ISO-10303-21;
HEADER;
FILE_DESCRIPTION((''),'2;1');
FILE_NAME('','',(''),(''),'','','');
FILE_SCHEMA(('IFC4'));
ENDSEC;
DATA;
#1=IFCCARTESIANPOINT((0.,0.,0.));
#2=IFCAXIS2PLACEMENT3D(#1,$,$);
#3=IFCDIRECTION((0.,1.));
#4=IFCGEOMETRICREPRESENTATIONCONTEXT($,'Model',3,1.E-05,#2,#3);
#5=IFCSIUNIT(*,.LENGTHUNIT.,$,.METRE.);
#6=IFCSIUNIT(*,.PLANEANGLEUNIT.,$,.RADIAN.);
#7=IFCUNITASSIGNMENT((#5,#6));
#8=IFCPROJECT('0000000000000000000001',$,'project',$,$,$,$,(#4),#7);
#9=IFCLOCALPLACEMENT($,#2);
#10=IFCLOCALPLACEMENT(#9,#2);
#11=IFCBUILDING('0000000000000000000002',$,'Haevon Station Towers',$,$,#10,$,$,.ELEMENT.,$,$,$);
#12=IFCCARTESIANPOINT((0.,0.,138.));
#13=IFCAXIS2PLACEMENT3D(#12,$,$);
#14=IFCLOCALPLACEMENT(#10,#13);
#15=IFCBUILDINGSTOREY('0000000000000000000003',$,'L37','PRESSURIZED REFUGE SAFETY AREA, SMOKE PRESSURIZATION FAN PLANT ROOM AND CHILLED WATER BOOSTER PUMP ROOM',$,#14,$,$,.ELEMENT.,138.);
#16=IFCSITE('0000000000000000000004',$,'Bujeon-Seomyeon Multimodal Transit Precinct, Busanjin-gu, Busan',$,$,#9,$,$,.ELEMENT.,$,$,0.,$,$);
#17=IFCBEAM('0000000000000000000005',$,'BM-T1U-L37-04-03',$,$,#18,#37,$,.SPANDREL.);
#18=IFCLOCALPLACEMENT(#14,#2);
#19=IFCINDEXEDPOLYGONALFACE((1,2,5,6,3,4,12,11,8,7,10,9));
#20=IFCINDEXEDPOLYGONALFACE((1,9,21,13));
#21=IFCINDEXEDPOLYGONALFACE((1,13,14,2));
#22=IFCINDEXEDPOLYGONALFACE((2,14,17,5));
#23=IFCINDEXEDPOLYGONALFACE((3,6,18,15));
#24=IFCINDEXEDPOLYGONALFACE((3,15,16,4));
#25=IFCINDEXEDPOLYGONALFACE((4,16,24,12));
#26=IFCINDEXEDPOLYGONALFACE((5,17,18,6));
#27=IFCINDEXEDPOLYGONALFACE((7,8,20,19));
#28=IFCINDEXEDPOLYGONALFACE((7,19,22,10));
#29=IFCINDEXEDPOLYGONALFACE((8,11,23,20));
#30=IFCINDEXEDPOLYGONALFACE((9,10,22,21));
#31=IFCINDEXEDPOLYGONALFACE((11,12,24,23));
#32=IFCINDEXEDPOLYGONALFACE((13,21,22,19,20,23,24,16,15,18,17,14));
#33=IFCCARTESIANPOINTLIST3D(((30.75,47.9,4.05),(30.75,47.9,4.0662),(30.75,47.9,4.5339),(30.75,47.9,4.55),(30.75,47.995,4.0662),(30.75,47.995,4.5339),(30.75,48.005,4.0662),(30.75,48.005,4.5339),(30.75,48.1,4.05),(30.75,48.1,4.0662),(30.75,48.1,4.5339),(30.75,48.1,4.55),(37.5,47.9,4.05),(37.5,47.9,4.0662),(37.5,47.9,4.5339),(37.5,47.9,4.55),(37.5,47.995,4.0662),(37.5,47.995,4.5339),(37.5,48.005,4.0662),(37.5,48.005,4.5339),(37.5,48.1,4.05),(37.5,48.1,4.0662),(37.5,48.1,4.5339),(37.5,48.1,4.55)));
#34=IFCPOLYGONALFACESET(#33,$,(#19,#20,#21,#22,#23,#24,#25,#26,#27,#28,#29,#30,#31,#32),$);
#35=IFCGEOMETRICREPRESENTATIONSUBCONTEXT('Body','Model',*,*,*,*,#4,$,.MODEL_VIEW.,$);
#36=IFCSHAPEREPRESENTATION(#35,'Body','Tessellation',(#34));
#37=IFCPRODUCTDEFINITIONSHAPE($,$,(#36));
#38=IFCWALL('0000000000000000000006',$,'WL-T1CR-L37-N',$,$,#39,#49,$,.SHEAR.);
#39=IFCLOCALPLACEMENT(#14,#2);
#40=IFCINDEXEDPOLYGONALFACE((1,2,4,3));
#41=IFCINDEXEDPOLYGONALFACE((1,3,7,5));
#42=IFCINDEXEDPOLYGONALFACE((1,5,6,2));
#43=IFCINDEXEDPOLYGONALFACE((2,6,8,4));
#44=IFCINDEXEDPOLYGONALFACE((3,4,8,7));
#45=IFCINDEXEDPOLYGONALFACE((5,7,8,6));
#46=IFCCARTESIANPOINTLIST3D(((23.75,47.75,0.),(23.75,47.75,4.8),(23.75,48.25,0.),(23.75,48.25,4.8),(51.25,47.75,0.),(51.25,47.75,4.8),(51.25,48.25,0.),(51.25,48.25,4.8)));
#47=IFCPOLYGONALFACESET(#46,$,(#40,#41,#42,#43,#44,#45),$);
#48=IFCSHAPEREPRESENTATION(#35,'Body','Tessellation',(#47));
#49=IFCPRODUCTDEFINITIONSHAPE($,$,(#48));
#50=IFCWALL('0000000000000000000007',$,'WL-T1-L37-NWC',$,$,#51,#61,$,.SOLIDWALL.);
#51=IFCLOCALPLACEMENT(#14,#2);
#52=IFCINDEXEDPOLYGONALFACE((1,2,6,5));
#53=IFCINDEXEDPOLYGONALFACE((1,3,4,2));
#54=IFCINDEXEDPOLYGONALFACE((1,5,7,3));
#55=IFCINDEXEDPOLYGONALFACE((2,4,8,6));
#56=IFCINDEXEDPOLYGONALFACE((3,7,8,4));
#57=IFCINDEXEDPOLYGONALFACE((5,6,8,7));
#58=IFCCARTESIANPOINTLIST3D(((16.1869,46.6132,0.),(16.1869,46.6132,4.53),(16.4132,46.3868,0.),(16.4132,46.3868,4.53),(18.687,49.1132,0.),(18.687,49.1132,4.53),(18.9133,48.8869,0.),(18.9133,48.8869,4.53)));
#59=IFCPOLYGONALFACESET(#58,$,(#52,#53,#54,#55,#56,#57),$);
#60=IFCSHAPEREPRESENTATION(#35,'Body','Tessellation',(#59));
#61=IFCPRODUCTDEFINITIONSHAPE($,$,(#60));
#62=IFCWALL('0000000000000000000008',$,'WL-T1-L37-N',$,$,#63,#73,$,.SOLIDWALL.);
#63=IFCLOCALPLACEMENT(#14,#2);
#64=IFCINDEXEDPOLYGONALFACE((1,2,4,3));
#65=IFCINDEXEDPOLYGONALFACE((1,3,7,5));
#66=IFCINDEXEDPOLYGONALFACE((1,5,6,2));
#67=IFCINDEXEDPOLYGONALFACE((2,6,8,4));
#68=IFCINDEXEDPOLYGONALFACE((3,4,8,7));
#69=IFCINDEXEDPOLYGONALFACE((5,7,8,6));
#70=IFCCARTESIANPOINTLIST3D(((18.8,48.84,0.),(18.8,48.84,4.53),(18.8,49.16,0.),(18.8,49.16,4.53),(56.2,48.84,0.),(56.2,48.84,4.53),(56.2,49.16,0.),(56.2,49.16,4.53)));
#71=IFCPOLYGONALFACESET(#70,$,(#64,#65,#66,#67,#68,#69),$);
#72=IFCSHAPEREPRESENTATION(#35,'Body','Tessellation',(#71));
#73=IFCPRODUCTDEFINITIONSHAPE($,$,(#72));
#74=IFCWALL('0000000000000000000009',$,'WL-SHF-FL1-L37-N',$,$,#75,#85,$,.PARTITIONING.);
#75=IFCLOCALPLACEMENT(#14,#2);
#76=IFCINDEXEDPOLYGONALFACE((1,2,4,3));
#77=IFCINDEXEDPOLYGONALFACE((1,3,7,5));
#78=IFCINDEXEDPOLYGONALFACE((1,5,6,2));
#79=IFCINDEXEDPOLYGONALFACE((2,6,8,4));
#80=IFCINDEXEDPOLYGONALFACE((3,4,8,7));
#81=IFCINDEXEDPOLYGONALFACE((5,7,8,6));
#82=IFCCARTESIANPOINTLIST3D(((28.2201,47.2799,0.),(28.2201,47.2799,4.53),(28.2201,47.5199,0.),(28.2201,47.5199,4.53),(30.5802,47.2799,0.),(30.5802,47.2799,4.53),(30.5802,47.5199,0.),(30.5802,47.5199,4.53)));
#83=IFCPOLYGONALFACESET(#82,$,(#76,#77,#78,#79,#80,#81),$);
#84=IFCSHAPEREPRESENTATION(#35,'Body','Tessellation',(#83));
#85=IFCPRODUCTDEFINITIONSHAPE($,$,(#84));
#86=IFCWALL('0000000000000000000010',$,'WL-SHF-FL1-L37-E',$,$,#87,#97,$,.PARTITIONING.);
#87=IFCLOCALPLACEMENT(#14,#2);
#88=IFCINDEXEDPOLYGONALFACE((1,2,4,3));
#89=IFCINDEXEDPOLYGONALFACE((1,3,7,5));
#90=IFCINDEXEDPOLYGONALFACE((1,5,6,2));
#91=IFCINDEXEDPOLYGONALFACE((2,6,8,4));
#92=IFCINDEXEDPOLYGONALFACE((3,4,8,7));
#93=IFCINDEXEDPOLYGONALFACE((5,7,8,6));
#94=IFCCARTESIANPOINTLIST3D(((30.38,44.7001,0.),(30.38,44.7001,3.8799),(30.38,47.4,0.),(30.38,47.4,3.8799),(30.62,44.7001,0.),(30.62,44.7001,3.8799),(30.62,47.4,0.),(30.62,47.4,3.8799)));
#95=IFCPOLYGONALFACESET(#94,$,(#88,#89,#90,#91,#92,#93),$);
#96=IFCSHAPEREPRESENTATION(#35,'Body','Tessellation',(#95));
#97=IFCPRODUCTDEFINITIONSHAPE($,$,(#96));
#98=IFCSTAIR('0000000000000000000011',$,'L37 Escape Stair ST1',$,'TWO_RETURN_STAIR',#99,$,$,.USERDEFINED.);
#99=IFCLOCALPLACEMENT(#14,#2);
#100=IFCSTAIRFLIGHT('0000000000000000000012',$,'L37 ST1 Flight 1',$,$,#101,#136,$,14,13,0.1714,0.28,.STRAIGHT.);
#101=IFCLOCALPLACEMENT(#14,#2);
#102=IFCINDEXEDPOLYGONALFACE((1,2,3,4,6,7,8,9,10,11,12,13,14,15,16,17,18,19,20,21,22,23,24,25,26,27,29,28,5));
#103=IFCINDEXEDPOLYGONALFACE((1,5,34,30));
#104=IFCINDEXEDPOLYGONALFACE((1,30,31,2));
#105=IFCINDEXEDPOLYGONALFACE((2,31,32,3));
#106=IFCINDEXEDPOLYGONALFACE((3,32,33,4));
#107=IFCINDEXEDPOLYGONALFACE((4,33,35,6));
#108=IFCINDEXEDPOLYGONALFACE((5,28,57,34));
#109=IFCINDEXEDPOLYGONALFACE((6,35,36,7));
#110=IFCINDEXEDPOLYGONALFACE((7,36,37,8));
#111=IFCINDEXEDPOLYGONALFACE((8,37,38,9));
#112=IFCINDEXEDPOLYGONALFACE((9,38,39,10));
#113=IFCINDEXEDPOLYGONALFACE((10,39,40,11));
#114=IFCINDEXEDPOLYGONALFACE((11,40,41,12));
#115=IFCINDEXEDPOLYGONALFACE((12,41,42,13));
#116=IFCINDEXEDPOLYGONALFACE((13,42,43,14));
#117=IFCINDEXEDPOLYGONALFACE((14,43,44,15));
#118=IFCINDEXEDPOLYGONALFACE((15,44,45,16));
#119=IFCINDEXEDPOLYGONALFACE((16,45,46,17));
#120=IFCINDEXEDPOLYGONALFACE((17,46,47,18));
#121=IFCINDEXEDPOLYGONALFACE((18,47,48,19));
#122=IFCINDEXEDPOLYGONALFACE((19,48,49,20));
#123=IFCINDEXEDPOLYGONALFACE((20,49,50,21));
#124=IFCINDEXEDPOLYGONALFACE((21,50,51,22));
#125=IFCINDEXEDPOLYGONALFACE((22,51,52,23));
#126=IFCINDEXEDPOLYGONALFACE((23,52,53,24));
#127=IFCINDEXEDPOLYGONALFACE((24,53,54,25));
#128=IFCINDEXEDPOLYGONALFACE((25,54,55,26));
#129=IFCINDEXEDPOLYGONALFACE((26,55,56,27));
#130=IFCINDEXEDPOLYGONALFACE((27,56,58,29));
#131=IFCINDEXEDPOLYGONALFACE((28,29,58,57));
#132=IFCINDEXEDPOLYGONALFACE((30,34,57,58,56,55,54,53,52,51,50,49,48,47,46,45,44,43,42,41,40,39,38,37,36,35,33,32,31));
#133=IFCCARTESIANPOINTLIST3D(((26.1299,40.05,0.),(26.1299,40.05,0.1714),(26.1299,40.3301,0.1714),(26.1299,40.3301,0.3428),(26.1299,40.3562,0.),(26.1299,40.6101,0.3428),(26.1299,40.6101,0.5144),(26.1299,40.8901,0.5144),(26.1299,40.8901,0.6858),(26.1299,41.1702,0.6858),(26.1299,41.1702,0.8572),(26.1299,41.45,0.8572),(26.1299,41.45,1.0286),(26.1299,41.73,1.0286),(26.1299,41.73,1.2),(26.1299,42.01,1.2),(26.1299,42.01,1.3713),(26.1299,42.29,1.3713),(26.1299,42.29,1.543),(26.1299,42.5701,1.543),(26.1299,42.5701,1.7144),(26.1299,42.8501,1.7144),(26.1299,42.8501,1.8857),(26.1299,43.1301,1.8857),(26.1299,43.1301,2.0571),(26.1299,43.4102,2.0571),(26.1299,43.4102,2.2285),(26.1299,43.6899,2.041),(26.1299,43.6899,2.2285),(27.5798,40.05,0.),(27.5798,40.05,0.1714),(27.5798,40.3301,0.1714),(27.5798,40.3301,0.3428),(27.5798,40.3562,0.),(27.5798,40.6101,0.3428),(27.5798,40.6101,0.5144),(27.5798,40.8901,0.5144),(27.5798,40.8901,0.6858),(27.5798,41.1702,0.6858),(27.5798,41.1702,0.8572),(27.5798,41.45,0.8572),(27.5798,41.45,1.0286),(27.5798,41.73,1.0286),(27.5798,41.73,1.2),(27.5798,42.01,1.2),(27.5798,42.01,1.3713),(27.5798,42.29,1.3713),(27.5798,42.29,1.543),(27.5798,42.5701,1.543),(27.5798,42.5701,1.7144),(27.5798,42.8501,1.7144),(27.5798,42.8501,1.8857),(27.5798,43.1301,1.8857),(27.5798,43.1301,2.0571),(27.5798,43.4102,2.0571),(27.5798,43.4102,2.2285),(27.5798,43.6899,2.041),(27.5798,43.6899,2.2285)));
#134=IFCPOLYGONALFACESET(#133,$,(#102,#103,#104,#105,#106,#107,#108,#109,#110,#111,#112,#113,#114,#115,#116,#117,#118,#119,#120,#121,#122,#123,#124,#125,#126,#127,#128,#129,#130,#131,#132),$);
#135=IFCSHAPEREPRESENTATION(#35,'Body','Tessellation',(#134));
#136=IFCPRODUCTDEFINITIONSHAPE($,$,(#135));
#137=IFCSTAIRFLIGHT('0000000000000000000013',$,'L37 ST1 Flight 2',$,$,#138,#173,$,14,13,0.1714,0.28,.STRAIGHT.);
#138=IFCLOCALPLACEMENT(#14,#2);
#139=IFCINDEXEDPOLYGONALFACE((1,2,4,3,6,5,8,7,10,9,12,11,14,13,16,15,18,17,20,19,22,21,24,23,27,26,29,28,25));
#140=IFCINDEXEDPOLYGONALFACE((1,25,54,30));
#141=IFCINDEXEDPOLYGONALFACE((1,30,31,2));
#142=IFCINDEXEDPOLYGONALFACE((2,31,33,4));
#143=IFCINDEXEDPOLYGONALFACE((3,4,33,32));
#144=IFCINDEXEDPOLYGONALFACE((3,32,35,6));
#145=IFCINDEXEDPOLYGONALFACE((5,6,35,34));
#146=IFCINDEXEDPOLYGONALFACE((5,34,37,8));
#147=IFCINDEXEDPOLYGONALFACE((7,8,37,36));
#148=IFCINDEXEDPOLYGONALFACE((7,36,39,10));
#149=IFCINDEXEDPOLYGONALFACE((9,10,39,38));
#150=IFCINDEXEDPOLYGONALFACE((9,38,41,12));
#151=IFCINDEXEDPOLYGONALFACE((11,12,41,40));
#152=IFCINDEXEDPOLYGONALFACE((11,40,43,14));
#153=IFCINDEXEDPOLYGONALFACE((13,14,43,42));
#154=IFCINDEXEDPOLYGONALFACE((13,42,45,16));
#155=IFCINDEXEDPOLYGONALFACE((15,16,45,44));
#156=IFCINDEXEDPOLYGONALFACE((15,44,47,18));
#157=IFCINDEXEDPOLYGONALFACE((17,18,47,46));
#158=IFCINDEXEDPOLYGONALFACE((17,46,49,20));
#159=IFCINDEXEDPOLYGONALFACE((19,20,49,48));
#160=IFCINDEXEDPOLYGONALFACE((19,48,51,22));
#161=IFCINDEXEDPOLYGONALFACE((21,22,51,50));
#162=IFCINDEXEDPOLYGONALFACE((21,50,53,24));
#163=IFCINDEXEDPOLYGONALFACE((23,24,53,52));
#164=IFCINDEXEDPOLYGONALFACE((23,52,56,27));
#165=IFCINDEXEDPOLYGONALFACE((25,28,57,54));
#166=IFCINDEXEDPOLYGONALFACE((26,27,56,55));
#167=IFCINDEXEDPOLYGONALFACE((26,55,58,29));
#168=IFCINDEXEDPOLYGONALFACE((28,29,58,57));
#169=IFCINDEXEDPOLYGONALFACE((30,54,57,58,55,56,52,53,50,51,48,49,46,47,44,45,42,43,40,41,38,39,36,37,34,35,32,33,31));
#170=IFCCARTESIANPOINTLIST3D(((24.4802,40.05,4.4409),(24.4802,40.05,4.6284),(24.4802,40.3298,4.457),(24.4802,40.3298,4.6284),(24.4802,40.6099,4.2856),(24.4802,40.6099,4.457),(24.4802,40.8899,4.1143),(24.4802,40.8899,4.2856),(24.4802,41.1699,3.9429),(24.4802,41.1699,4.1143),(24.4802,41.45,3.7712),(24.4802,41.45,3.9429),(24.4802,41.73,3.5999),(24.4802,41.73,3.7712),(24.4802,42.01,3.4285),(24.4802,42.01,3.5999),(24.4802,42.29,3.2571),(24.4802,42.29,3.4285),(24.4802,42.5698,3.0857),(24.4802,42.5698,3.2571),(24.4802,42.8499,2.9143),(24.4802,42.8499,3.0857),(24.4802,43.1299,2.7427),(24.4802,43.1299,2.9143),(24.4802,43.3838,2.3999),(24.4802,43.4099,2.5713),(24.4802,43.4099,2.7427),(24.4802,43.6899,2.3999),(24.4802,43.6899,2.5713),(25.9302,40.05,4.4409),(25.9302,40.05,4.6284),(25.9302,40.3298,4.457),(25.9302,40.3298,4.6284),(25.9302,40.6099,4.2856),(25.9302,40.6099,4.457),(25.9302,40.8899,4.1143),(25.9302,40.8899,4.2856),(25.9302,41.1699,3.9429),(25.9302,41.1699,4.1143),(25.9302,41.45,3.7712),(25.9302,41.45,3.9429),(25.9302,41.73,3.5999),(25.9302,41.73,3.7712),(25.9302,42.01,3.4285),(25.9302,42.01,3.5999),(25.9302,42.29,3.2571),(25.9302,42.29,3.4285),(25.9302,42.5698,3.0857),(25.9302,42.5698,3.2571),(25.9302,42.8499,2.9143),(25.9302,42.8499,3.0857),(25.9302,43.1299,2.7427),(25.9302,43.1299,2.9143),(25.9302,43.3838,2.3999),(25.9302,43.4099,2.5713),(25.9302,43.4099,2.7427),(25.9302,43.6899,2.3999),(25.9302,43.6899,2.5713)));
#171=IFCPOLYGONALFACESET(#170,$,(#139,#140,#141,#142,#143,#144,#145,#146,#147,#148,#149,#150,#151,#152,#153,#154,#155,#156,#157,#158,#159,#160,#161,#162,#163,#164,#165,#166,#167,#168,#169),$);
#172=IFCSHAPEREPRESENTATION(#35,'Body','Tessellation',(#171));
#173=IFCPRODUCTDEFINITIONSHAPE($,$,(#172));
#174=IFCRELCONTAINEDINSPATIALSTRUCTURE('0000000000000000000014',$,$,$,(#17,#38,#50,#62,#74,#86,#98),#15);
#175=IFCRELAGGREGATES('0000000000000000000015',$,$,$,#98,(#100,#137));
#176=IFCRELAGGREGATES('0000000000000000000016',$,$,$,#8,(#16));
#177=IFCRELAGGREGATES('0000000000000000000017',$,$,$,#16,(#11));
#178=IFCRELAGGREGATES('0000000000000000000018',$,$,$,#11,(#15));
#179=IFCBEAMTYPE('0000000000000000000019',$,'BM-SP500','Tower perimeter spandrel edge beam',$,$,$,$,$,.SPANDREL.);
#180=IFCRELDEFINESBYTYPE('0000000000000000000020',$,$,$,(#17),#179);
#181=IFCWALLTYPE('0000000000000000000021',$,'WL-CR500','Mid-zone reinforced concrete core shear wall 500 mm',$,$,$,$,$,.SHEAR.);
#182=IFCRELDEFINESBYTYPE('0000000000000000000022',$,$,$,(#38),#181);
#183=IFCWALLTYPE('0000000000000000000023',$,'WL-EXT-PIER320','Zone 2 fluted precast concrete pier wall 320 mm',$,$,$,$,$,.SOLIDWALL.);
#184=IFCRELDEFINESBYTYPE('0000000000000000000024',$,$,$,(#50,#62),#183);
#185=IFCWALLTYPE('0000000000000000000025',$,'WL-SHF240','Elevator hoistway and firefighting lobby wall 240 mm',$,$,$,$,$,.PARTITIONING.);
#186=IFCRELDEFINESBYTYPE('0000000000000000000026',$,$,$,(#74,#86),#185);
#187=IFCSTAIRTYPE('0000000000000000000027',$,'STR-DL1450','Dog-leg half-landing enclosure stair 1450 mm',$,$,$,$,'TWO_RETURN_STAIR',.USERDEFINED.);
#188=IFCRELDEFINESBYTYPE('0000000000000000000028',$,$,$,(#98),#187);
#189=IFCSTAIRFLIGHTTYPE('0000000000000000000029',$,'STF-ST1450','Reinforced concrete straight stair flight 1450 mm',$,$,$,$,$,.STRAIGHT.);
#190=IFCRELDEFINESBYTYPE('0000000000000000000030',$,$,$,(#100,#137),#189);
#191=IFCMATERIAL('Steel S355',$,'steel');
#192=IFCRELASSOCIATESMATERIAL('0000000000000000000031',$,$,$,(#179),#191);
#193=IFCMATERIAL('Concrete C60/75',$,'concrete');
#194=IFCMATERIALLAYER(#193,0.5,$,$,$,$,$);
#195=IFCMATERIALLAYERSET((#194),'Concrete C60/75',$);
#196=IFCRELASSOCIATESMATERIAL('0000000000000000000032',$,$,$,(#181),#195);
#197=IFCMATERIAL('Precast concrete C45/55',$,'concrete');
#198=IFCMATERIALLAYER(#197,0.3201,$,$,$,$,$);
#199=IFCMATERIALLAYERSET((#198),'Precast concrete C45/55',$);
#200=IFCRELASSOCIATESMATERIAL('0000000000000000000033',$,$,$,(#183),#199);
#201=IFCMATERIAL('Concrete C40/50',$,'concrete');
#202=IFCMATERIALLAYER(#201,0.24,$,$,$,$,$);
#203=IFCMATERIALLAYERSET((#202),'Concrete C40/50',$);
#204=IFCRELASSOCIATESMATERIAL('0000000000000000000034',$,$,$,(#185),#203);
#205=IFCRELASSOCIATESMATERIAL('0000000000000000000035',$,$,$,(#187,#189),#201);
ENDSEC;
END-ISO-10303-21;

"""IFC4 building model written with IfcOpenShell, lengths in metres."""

from ifc_helpers import new_model, si_unit, direction, frame, frame_2d, origin, origin_2d, place, context, subcontext, project, spatial, polyline, rectangle, i_section, outline, extrude, material, layer, layer_set, material_profile, profile_set, type_object, element, aggregate, save


model = new_model("IFC4")

# Units and contexts
model_context = context("Model", 3, precision=1e-05, world=origin(), true_north=direction((0.0, 1.0)))
body_context = subcontext(model_context, "Body", "Model", "MODEL_VIEW")
ifc_project = project(units=[si_unit("LENGTHUNIT", "METRE"), si_unit("PLANEANGLEUNIT", "RADIAN")], contexts=[model_context])

# Site, building, storey
site_placement = place(None, origin())
site = spatial("IfcSite", under=ifc_project, at=site_placement, Name="Bujeon-Seomyeon Multimodal Transit Precinct, Busanjin-gu, Busan", CompositionType="ELEMENT", RefElevation=0.0)
building_placement = place(site_placement, origin())
building = spatial("IfcBuilding", under=site, at=building_placement, Name="Haevon Station Towers", CompositionType="ELEMENT")
storey_placement = place(building_placement, frame((0.0, 0.0, 138.0)))
storey = spatial("IfcBuildingStorey", under=building, at=storey_placement, Name="L37", Description="PRESSURIZED REFUGE SAFETY AREA, SMOKE PRESSURIZATION FAN PLANT ROOM AND CHILLED WATER BOOSTER PUMP ROOM", CompositionType="ELEMENT", Elevation=138.0)

# Beam
ifc_material_1 = material(Name="Steel S355", Category="steel")
ifc_material_profile_1 = material_profile(ifc_material_1, i_section(OverallWidth=0.2, OverallDepth=0.5, WebThickness=0.01, FlangeThickness=0.0161, at=origin_2d()), Name="H-500x200x10x16")
ifc_profile_set_1 = profile_set([ifc_material_profile_1], Name="Steel S355")
beam_type_1 = type_object("IfcBeamType", Name="BM-SP500", Description="Tower perimeter spandrel edge beam", PredefinedType="SPANDREL", material=ifc_profile_set_1)
for number, where, z_axis, x_axis, name in (
    (1, (30.75, 48.0, 4.3), (1.0, 0.0, 0.0), (0.0, 1.0, 0.0), "BM-T1U-L37-04-03"),
):
    element("IfcBeam", number, at=place(storey_placement, frame(where, z_axis=z_axis, x_axis=x_axis)), inside=storey, type_object=beam_type_1, Name=name, PredefinedType="SPANDREL", context=body_context, shape_type="SweptSolid", body=[
        extrude(i_section(OverallWidth=0.2, OverallDepth=0.5, WebThickness=0.01, FlangeThickness=0.0161, at=origin_2d()), origin(), (0.0, 0.0, 1.0), 6.75),
    ])

# Walls
ifc_material_2 = material(Name="Concrete C60/75", Category="concrete")
ifc_layer_1 = layer(ifc_material_2, 0.5)
ifc_layer_set_1 = layer_set([ifc_layer_1], Name="Concrete C60/75")
wall_type_1 = type_object("IfcWallType", Name="WL-CR500", Description="Mid-zone reinforced concrete core shear wall 500 mm", PredefinedType="SHEAR", material=ifc_layer_set_1)
wall_1_placement = place(storey_placement, frame((23.75, 48.0, 0.0), z_axis=(0.0, 0.0, 1.0), x_axis=(1.0, 0.0, 0.0)))
element("IfcWall", 2, at=wall_1_placement, inside=storey, type_object=wall_type_1, Name="WL-T1CR-L37-N", PredefinedType="SHEAR", context=body_context, shape_type="SweptSolid", body=[
    extrude(rectangle(XDim=27.5, YDim=0.5, at=frame_2d((13.75, 0.0))), origin(), (0.0, 0.0, 1.0), 4.8),
])
ifc_material_3 = material(Name="Precast concrete C45/55", Category="concrete")
ifc_layer_2 = layer(ifc_material_3, 0.3201)
ifc_layer_set_2 = layer_set([ifc_layer_2], Name="Precast concrete C45/55")
wall_type_2 = type_object("IfcWallType", Name="WL-EXT-PIER320", Description="Zone 2 fluted precast concrete pier wall 320 mm", PredefinedType="SOLIDWALL", material=ifc_layer_set_2)
wall_2_placement = place(storey_placement, frame((16.3, 46.5, 0.0), z_axis=(0.0, 0.0, 1.0), x_axis=(0.707107, 0.707107, 0.0)))
element("IfcWall", 3, at=wall_2_placement, inside=storey, type_object=wall_type_2, Name="WL-T1-L37-NWC", PredefinedType="SOLIDWALL", context=body_context, shape_type="SweptSolid", body=[
    extrude(rectangle(XDim=3.5356, YDim=0.3201, at=frame_2d((1.7678, 0.0))), origin(), (0.0, 0.0, 1.0), 4.53),
])
wall_3_placement = place(storey_placement, frame((18.8, 49.0, 0.0), z_axis=(0.0, 0.0, 1.0), x_axis=(1.0, 0.0, 0.0)))
element("IfcWall", 4, at=wall_3_placement, inside=storey, type_object=wall_type_2, Name="WL-T1-L37-N", PredefinedType="SOLIDWALL", context=body_context, shape_type="SweptSolid", body=[
    extrude(rectangle(XDim=37.3999, YDim=0.3201, at=frame_2d((18.7, 0.0))), origin(), (0.0, 0.0, 1.0), 4.53),
])

# Shared definitions
ifc_material_4 = material(Name="Concrete C40/50", Category="concrete")
ifc_layer_3 = layer(ifc_material_4, 0.24)
ifc_layer_set_3 = layer_set([ifc_layer_3], Name="Concrete C40/50")
wall_type_3 = type_object("IfcWallType", Name="WL-SHF240", Description="Elevator hoistway and firefighting lobby wall 240 mm", PredefinedType="PARTITIONING", material=ifc_layer_set_3)

# Walls
wall_4_placement = place(storey_placement, frame((28.22, 47.3999, 0.0), z_axis=(0.0, 0.0, 1.0), x_axis=(1.0, 0.0, 0.0)))
element("IfcWall", 5, at=wall_4_placement, inside=storey, type_object=wall_type_3, Name="WL-SHF-FL1-L37-N", PredefinedType="PARTITIONING", context=body_context, shape_type="SweptSolid", body=[
    extrude(rectangle(XDim=2.3601, YDim=0.24, at=frame_2d((1.1802, 0.0))), origin(), (0.0, 0.0, 1.0), 4.53),
])
wall_5_placement = place(storey_placement, frame((30.5, 44.7, 0.0), z_axis=(0.0, 0.0, 1.0), x_axis=(0.0, 1.0, 0.0)))
element("IfcWall", 6, at=wall_5_placement, inside=storey, type_object=wall_type_3, Name="WL-SHF-FL1-L37-E", PredefinedType="PARTITIONING", context=body_context, shape_type="SweptSolid", body=[
    extrude(rectangle(XDim=2.7, YDim=0.24, at=frame_2d((1.3501, 0.0))), origin(), (0.0, 0.0, 1.0), 3.8799),
])

# Stair, stair flights
stair_type = type_object("IfcStairType", Name="STR-DL1450", Description="Dog-leg half-landing enclosure stair 1450 mm", ElementType="TWO_RETURN_STAIR", PredefinedType="USERDEFINED", material=ifc_material_4)
stair_placement = place(storey_placement, origin())
stair = element("IfcStair", 7, at=stair_placement, inside=storey, type_object=stair_type, Name="L37 Escape Stair ST1", ObjectType="TWO_RETURN_STAIR", PredefinedType="USERDEFINED")
stair_flight_type = type_object("IfcStairFlightType", Name="STF-ST1450", Description="Reinforced concrete straight stair flight 1450 mm", PredefinedType="STRAIGHT", material=ifc_material_4)
stair_flight_1_placement = place(storey_placement, frame((26.855, 40.05, 0.0), z_axis=(0.0, 0.0, 1.0), x_axis=(0.0, 1.0, 0.0)))
stair_flight_1 = element("IfcStairFlight", 8, at=stair_flight_1_placement, type_object=stair_flight_type, Name="L37 ST1 Flight 1", NumberOfRisers=14, NumberOfTreads=13, PredefinedType="STRAIGHT", RiserHeight=0.1714, TreadLength=0.28, context=body_context, shape_type="SweptSolid", body=[
    extrude(outline(polyline([(0.0, 0.0), (0.0, 0.1714), (0.28, 0.1714), (0.28, 0.3428), (0.5601, 0.3428), (0.5601, 0.5144), (0.8401, 0.5144), (0.8401, 0.6858), (1.1201, 0.6858), (1.1201, 0.8572), (1.3999, 0.8572), (1.3999, 1.0286), (1.6799, 1.0286), (1.6799, 1.2), (1.96, 1.2), (1.96, 1.3713), (2.24, 1.3713), (2.24, 1.543), (2.52, 1.543), (2.52, 1.7144), (2.8, 1.7144), (2.8, 1.8857), (3.0801, 1.8857), (3.0801, 2.0571), (3.3601, 2.0571), (3.3601, 2.2285), (3.6399, 2.2285), (3.6399, 2.3999), (3.6399, 2.041), (0.3062, 0.0), (0.0, 0.0)])), frame((0.0, 0.7251, 0.0), z_axis=(0.0, -1.0, 0.0), x_axis=(1.0, 0.0, 0.0)), (0.0, 0.0, 1.0), 1.45),
])
stair_flight_2_placement = place(storey_placement, frame((25.2051, 43.6899, 2.3999), z_axis=(0.0, 0.0, 1.0), x_axis=(0.0, -1.0, 0.0)))
stair_flight_2 = element("IfcStairFlight", 9, at=stair_flight_2_placement, type_object=stair_flight_type, Name="L37 ST1 Flight 2", NumberOfRisers=14, NumberOfTreads=13, PredefinedType="STRAIGHT", RiserHeight=0.1714, TreadLength=0.28, context=body_context, shape_type="SweptSolid", body=[
    extrude(outline(polyline([(0.0, 0.0), (0.0, 0.1714), (0.28, 0.1714), (0.28, 0.3428), (0.5601, 0.3428), (0.5601, 0.5144), (0.8401, 0.5144), (0.8401, 0.6858), (1.1201, 0.6858), (1.1201, 0.8572), (1.3999, 0.8572), (1.3999, 1.0286), (1.6799, 1.0286), (1.6799, 1.2), (1.96, 1.2), (1.96, 1.3713), (2.24, 1.3713), (2.24, 1.543), (2.52, 1.543), (2.52, 1.7144), (2.8, 1.7144), (2.8, 1.8857), (3.0801, 1.8857), (3.0801, 2.0571), (3.3601, 2.0571), (3.3601, 2.2285), (3.6399, 2.2285), (3.6399, 2.3999), (3.6399, 2.041), (0.3062, 0.0), (0.0, 0.0)])), frame((0.0, 0.7251, 0.0), z_axis=(0.0, -1.0, 0.0), x_axis=(1.0, 0.0, 0.0)), (0.0, 0.0, 1.0), 1.45),
])
aggregate(stair, [stair_flight_1, stair_flight_2])

save(model, "model.ifc")
